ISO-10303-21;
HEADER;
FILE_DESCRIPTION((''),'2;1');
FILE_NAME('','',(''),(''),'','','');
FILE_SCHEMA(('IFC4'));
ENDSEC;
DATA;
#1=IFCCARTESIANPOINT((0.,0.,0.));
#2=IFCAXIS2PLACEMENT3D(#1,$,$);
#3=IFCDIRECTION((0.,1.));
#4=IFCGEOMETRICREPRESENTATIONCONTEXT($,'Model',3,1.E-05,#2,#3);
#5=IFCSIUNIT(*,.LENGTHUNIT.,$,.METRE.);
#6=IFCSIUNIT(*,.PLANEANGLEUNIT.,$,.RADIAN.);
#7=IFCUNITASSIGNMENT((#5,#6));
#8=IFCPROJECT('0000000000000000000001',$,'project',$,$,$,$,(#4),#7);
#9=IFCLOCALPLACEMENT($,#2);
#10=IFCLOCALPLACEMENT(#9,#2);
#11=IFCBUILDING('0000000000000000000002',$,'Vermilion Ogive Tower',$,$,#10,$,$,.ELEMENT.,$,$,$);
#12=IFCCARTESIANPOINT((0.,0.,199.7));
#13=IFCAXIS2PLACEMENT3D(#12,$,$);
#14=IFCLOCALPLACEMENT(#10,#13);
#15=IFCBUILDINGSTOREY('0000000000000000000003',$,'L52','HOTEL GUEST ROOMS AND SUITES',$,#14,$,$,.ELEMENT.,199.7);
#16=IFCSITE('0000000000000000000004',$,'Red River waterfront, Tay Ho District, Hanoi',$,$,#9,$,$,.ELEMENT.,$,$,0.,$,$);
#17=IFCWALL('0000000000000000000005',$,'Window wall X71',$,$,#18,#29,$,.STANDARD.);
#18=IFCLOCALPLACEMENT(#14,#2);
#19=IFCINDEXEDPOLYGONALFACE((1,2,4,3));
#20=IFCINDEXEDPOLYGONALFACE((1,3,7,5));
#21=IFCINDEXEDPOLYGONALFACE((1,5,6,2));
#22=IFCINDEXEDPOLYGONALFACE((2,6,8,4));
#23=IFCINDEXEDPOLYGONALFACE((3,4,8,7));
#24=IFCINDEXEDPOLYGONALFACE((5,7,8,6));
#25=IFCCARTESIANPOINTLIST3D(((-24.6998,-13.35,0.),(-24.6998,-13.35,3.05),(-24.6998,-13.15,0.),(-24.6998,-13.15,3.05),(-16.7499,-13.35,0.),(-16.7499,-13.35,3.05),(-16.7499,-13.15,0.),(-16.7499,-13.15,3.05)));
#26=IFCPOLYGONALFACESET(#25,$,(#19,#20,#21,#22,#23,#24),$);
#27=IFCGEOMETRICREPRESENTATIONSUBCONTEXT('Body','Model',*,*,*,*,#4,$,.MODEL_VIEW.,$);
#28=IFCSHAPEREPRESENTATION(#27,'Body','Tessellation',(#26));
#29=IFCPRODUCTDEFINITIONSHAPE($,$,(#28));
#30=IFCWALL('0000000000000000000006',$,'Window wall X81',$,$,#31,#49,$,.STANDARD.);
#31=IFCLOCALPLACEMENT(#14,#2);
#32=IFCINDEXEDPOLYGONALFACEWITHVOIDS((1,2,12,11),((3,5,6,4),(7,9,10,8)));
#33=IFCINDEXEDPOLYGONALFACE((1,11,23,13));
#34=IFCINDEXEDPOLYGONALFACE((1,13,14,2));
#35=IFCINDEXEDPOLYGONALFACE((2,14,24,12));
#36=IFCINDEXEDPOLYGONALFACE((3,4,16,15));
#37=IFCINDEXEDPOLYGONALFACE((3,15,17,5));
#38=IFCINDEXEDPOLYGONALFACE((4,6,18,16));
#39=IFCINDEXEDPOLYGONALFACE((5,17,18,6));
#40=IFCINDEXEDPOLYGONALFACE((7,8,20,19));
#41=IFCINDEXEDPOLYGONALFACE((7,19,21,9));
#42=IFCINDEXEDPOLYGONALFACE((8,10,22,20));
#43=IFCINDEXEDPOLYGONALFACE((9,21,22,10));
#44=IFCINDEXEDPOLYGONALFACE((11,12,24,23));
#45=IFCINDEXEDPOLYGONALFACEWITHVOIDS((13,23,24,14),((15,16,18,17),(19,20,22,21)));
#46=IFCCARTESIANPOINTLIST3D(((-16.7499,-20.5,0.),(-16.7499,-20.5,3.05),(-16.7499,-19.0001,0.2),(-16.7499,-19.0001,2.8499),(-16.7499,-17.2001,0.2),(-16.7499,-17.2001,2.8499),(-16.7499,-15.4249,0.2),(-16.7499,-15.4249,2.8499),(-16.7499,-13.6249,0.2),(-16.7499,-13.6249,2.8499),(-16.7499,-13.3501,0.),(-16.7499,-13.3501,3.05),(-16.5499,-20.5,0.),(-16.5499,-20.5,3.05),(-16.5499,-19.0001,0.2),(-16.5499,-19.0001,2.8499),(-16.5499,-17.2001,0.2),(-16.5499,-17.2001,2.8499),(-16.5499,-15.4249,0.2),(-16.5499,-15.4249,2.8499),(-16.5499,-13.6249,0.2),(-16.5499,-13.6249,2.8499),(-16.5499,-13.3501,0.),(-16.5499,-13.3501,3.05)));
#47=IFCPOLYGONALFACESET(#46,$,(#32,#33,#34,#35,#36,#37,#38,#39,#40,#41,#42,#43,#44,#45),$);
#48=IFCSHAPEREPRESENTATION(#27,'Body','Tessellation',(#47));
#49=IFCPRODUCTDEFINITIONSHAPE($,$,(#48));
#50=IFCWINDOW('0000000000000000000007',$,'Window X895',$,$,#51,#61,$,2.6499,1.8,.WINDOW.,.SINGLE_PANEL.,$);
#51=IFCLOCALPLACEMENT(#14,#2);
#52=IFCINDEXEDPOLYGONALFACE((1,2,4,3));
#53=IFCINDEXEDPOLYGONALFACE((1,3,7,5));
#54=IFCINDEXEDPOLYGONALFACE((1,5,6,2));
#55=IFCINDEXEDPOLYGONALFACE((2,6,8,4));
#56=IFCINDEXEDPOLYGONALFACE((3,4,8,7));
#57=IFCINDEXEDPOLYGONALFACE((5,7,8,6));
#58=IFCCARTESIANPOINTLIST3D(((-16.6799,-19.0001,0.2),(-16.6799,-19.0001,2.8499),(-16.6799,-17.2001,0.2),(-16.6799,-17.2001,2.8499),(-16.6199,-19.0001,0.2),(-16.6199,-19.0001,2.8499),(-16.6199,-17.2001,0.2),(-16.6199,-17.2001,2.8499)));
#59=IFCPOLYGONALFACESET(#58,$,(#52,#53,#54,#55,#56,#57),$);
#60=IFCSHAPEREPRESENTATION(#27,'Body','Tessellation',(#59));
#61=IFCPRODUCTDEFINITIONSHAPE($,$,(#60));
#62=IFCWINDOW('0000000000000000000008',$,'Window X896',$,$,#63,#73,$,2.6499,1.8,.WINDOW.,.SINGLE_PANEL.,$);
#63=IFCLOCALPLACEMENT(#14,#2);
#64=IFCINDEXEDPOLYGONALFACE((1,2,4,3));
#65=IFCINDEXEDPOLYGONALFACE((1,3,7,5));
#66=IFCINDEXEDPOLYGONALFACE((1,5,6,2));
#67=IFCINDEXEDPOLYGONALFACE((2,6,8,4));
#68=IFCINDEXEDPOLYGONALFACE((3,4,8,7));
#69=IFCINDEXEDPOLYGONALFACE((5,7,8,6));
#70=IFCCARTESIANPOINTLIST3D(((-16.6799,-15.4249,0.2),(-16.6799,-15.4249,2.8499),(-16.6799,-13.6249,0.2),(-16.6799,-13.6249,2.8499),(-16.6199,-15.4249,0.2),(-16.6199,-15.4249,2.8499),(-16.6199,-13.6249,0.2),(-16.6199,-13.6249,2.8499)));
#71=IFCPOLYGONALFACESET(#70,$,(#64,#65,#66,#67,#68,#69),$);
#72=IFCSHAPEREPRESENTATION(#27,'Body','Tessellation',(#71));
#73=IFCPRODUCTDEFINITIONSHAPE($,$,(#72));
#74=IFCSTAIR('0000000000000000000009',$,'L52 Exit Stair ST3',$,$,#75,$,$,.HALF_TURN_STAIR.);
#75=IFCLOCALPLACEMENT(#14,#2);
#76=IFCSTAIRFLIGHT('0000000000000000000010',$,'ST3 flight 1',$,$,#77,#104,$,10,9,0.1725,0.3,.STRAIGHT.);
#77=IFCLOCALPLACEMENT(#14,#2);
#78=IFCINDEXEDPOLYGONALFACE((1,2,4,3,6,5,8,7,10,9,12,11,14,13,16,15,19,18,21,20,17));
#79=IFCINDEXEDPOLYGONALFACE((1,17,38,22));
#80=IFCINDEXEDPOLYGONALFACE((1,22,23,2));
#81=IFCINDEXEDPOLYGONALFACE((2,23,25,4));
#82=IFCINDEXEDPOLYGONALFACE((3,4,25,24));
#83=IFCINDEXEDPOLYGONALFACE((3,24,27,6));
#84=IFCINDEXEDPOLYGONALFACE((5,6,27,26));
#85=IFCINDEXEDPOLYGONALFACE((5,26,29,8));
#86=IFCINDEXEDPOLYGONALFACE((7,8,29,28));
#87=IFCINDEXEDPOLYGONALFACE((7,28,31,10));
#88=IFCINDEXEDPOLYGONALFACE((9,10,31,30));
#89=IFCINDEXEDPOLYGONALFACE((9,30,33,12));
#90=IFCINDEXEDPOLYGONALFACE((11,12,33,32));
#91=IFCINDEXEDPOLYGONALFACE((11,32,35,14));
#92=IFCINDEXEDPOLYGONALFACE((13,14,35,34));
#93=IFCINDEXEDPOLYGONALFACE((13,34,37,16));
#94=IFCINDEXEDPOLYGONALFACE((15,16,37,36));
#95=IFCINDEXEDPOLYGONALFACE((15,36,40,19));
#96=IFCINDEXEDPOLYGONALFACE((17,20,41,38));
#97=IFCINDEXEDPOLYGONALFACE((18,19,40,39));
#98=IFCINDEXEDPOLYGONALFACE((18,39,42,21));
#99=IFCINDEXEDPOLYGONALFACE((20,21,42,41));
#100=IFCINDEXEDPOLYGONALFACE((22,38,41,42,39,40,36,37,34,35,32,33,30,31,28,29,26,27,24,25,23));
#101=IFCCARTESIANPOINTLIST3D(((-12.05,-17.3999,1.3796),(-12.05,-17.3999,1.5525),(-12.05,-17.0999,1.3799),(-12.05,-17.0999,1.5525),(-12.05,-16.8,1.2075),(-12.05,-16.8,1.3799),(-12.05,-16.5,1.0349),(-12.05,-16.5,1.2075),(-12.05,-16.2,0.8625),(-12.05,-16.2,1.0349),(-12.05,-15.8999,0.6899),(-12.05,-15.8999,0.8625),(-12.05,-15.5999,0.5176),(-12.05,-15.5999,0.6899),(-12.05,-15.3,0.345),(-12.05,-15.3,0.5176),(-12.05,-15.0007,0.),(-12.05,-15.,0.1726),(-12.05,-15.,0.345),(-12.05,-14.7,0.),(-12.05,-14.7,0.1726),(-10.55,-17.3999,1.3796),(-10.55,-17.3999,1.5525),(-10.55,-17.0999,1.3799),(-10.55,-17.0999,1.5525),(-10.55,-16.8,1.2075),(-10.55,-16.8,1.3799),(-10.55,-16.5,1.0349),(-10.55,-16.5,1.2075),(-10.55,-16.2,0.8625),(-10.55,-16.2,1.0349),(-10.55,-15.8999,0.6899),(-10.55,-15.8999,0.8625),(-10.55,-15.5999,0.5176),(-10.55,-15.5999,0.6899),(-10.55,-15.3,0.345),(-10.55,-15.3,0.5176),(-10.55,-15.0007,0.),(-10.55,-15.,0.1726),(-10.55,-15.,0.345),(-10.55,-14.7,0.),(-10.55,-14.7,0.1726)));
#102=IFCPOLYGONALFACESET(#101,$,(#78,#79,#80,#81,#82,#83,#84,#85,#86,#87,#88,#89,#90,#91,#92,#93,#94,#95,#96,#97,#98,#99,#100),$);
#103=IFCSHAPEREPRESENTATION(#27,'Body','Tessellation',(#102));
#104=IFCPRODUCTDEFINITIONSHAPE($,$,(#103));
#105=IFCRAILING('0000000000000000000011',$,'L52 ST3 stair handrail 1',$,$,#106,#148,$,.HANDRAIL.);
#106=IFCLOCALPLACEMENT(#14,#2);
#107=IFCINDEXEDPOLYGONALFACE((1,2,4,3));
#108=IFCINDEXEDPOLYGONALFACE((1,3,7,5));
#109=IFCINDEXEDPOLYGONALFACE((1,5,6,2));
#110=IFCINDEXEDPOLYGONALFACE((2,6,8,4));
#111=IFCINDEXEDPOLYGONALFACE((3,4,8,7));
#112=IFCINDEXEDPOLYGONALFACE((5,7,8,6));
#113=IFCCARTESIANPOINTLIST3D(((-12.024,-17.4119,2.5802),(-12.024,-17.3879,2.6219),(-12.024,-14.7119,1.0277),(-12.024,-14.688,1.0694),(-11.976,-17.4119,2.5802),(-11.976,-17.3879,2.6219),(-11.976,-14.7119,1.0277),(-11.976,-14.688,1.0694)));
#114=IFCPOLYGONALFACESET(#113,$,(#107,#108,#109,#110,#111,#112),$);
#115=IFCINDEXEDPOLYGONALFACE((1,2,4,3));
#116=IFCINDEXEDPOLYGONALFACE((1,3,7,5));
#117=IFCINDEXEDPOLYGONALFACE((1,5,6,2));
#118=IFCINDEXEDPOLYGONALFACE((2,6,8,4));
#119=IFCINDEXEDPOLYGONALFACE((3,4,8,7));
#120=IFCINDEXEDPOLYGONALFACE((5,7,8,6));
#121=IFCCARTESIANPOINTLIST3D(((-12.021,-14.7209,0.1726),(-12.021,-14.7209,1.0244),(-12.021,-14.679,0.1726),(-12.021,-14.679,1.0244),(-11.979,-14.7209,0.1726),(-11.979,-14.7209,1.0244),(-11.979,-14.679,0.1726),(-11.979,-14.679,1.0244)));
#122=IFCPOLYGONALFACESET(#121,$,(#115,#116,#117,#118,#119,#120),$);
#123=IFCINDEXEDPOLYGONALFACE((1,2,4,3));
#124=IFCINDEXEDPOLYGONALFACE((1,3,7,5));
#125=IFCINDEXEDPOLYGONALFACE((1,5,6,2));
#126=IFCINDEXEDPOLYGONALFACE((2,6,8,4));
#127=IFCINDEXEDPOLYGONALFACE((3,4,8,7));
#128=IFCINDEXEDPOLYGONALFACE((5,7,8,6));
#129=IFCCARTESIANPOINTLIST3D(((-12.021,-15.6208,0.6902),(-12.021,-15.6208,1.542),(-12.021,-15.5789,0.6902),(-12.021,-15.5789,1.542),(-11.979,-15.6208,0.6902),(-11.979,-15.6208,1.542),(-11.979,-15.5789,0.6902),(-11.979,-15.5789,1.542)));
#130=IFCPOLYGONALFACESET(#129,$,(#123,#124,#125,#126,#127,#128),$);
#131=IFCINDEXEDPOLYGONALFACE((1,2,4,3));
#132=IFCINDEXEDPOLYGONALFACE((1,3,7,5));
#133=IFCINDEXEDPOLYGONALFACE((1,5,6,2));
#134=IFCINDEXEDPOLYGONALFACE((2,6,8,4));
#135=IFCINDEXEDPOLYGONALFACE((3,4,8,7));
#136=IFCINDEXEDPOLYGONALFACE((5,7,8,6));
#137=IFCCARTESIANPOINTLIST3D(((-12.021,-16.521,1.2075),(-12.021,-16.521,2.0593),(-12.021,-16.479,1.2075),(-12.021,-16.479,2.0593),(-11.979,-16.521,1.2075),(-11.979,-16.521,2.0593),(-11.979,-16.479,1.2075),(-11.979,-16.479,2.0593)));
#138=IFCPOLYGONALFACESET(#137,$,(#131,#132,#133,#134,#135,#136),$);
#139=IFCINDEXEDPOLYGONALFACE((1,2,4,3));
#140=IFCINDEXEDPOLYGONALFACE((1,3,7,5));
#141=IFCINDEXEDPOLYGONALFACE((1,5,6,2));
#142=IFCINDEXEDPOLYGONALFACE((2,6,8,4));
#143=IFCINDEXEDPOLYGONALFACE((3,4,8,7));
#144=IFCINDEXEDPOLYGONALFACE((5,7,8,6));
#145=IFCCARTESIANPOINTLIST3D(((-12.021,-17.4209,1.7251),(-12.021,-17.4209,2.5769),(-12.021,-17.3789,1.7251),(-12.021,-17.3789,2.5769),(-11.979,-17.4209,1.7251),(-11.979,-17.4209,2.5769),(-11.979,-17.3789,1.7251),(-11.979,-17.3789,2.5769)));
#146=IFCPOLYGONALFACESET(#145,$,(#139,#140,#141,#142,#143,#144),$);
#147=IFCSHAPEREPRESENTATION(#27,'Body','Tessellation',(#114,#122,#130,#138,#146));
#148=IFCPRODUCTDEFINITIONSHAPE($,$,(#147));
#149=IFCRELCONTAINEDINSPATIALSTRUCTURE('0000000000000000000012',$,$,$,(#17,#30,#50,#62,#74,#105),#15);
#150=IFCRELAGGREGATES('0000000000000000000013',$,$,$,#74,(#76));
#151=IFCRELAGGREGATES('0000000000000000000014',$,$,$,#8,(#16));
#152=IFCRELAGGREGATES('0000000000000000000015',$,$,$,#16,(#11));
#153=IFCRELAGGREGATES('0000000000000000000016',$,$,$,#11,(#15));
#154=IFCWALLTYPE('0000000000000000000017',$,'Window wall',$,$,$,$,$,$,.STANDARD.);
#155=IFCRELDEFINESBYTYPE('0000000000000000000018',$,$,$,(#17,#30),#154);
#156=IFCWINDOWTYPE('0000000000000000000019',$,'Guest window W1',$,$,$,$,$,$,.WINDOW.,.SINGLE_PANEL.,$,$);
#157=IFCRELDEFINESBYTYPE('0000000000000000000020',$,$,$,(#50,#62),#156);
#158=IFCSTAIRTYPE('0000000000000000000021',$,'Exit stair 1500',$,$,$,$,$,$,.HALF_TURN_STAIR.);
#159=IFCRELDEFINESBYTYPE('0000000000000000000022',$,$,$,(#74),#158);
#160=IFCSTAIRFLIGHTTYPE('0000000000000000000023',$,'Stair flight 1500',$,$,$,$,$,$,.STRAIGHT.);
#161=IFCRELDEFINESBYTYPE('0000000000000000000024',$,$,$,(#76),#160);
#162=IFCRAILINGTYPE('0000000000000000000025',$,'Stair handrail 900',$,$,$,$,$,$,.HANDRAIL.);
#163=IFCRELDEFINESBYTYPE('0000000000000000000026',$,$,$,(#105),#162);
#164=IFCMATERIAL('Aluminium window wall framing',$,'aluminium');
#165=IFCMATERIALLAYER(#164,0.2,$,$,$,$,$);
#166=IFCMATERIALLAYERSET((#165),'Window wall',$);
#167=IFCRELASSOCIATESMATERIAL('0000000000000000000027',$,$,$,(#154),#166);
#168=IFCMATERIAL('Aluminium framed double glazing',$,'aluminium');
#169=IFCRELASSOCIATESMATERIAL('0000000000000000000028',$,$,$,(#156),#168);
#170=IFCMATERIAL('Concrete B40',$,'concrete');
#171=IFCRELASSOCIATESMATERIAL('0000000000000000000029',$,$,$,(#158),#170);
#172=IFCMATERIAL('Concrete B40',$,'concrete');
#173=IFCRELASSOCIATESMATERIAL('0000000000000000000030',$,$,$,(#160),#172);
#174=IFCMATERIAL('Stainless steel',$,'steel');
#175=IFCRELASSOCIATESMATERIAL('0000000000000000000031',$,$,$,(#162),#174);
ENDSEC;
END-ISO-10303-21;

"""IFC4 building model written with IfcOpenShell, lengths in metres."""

from ifc_helpers import new_model, si_unit, direction, frame, frame_2d, origin, origin_2d, place, context, subcontext, project, spatial, polyline, rectangle, outline, extrude, material, layer, layer_set, type_object, element, fill, aggregate, save


model = new_model("IFC4")

# Units and contexts
model_context = context("Model", 3, precision=1e-05, world=origin(), true_north=direction((0.0, 1.0)))
body_context = subcontext(model_context, "Body", "Model", "MODEL_VIEW")
ifc_project = project(units=[si_unit("LENGTHUNIT", "METRE"), si_unit("PLANEANGLEUNIT", "RADIAN")], contexts=[model_context])

# Site, building, storey
site_placement = place(None, origin())
site = spatial("IfcSite", under=ifc_project, at=site_placement, Name="Red River waterfront, Tay Ho District, Hanoi", CompositionType="ELEMENT", RefElevation=0.0)
building_placement = place(site_placement, origin())
building = spatial("IfcBuilding", under=site, at=building_placement, Name="Vermilion Ogive Tower", CompositionType="ELEMENT")
storey_placement = place(building_placement, frame((0.0, 0.0, 199.7)))
storey = spatial("IfcBuildingStorey", under=building, at=storey_placement, Name="L52", Description="HOTEL GUEST ROOMS AND SUITES", CompositionType="ELEMENT", Elevation=199.7)

# Wall
ifc_material_1 = material(Name="Aluminium window wall framing", Category="aluminium")
ifc_layer_1 = layer(ifc_material_1, 0.2)
ifc_layer_set_1 = layer_set([ifc_layer_1], Name="Window wall")
wall_type_1 = type_object("IfcWallType", Name="Window wall", PredefinedType="STANDARD", material=ifc_layer_set_1)
wall_1_placement = place(storey_placement, frame((-24.7, -13.25, 0.0), z_axis=(0.0, 0.0, 1.0), x_axis=(1.0, 0.0, 0.0)))
element("IfcWall", 1, at=wall_1_placement, inside=storey, type_object=wall_type_1, Name="Window wall X71", PredefinedType="STANDARD", context=body_context, shape_type="SweptSolid", body=[
    extrude(rectangle(XDim=7.95, YDim=0.2, at=frame_2d((3.9751, 0.0))), origin(), (0.0, 0.0, 1.0), 3.05),
])

# Wall, openings, windows
wall_2_placement = place(storey_placement, frame((-16.6499, -13.3501, 0.0), z_axis=(0.0, 0.0, 1.0), x_axis=(0.0, -1.0, 0.0)))
wall_2 = element("IfcWall", 2, at=wall_2_placement, inside=storey, type_object=wall_type_1, Name="Window wall X81", PredefinedType="STANDARD", context=body_context, shape_type="SweptSolid", body=[
    extrude(rectangle(XDim=7.1499, YDim=0.2, at=frame_2d((3.575, 0.0))), origin(), (0.0, 0.0, 1.0), 3.05),
])
opening_1_placement = place(wall_2_placement, frame((3.8501, 0.0, 0.2)))
opening_1 = element("IfcOpeningElement", 3, at=opening_1_placement, cuts=wall_2, PredefinedType="OPENING", context=body_context, shape_type="SweptSolid", body=[
    extrude(rectangle(XDim=1.8, YDim=2.6499, at=frame_2d((0.8999, 1.325))), frame((0.0, 0.1099, 0.0), z_axis=(0.0, -1.0, 0.0), x_axis=(1.0, 0.0, 0.0)), (0.0, 0.0, 1.0), 0.22),
])
opening_2_placement = place(wall_2_placement, frame((0.2749, 0.0, 0.2)))
opening_2 = element("IfcOpeningElement", 4, at=opening_2_placement, cuts=wall_2, PredefinedType="OPENING", context=body_context, shape_type="SweptSolid", body=[
    extrude(rectangle(XDim=1.8, YDim=2.6499, at=frame_2d((0.8999, 1.325))), frame((0.0, 0.1099, 0.0), z_axis=(0.0, -1.0, 0.0), x_axis=(1.0, 0.0, 0.0)), (0.0, 0.0, 1.0), 0.22),
])
ifc_material_2 = material(Name="Aluminium framed double glazing", Category="aluminium")
window_type = type_object("IfcWindowType", Name="Guest window W1", PartitioningType="SINGLE_PANEL", PredefinedType="WINDOW", material=ifc_material_2)
window_1_placement = place(opening_1_placement, origin())
window_1 = element("IfcWindow", 5, at=window_1_placement, inside=storey, type_object=window_type, Name="Window X895", OverallHeight=2.6499, OverallWidth=1.8, PartitioningType="SINGLE_PANEL", PredefinedType="WINDOW", context=body_context, shape_type="SweptSolid", body=[
    extrude(rectangle(XDim=1.8, YDim=2.6499, at=frame_2d((0.8999, 1.325))), frame((0.0, 0.03, 0.0), z_axis=(0.0, -1.0, 0.0), x_axis=(1.0, 0.0, 0.0)), (0.0, 0.0, 1.0), 0.0601),
])
fill(opening_1, window_1)
window_2_placement = place(opening_2_placement, origin())
window_2 = element("IfcWindow", 6, at=window_2_placement, inside=storey, type_object=window_type, Name="Window X896", OverallHeight=2.6499, OverallWidth=1.8, PartitioningType="SINGLE_PANEL", PredefinedType="WINDOW", context=body_context, shape_type="SweptSolid", body=[
    extrude(rectangle(XDim=1.8, YDim=2.6499, at=frame_2d((0.8999, 1.325))), frame((0.0, 0.03, 0.0), z_axis=(0.0, -1.0, 0.0), x_axis=(1.0, 0.0, 0.0)), (0.0, 0.0, 1.0), 0.0601),
])
fill(opening_2, window_2)

# Stair, stair flight
ifc_material_3 = material(Name="Concrete B40", Category="concrete")
stair_type = type_object("IfcStairType", Name="Exit stair 1500", PredefinedType="HALF_TURN_STAIR", material=ifc_material_3)
stair_placement = place(storey_placement, origin())
stair = element("IfcStair", 7, at=stair_placement, inside=storey, type_object=stair_type, Name="L52 Exit Stair ST3", PredefinedType="HALF_TURN_STAIR")
ifc_material_4 = material(Name="Concrete B40", Category="concrete")
stair_flight_type = type_object("IfcStairFlightType", Name="Stair flight 1500", PredefinedType="STRAIGHT", material=ifc_material_4)
stair_flight_placement = place(storey_placement, frame((-11.3, -14.7, 0.0), z_axis=(0.0, 0.0, 1.0), x_axis=(0.0, -1.0, 0.0)))
stair_flight = element("IfcStairFlight", 8, at=stair_flight_placement, type_object=stair_flight_type, Name="ST3 flight 1", NumberOfRisers=10, NumberOfTreads=9, PredefinedType="STRAIGHT", RiserHeight=0.1725, TreadLength=0.3, context=body_context, shape_type="SweptSolid", body=[
    extrude(outline(polyline([(0.0, 0.0), (0.0, 0.1726), (0.3, 0.1726), (0.3, 0.345), (0.6001, 0.345), (0.6001, 0.5176), (0.8999, 0.5176), (0.8999, 0.6899), (1.2, 0.6899), (1.2, 0.8625), (1.5, 0.8625), (1.5, 1.0349), (1.8, 1.0349), (1.8, 1.2075), (2.1001, 1.2075), (2.1001, 1.3799), (2.3999, 1.3799), (2.3999, 1.5525), (2.7, 1.5525), (2.7, 1.7251), (2.7, 1.3796), (0.3008, 0.0), (0.0, 0.0)])), frame((0.0, 0.75, 0.0), z_axis=(0.0, -1.0, 0.0), x_axis=(1.0, 0.0, 0.0)), (0.0, 0.0, 1.0), 1.5),
])
aggregate(stair, [stair_flight])

# Railing
ifc_material_5 = material(Name="Stainless steel", Category="steel")
railing_type = type_object("IfcRailingType", Name="Stair handrail 900", PredefinedType="HANDRAIL", material=ifc_material_5)
railing_placement = place(storey_placement, frame((-12.0, -14.7, 0.1726)))
element("IfcRailing", 9, at=railing_placement, inside=storey, type_object=railing_type, Name="L52 ST3 stair handrail 1", PredefinedType="HANDRAIL", context=body_context, shape_type="SweptSolid", body=[
    extrude(rectangle(XDim=0.0481, YDim=0.0481, at=origin_2d()), frame((0.0, 0.0, 0.876), z_axis=(0.0, -0.866904, 0.498476), x_axis=(1.0, 0.0, 0.0)), (0.0, 0.0, 1.0), 3.1145),
    extrude(rectangle(XDim=0.042, YDim=0.042, at=origin_2d()), origin(), (0.0, 0.0, 1.0), 0.8518),
    extrude(rectangle(XDim=0.042, YDim=0.042, at=origin_2d()), frame((0.0, -0.8999, 0.5176)), (0.0, 0.0, 1.0), 0.8518),
    extrude(rectangle(XDim=0.042, YDim=0.042, at=origin_2d()), frame((0.0, -1.8, 1.0349)), (0.0, 0.0, 1.0), 0.8518),
    extrude(rectangle(XDim=0.042, YDim=0.042, at=origin_2d()), frame((0.0, -2.7, 1.5525)), (0.0, 0.0, 1.0), 0.8518),
])

save(model, "model.ifc")
